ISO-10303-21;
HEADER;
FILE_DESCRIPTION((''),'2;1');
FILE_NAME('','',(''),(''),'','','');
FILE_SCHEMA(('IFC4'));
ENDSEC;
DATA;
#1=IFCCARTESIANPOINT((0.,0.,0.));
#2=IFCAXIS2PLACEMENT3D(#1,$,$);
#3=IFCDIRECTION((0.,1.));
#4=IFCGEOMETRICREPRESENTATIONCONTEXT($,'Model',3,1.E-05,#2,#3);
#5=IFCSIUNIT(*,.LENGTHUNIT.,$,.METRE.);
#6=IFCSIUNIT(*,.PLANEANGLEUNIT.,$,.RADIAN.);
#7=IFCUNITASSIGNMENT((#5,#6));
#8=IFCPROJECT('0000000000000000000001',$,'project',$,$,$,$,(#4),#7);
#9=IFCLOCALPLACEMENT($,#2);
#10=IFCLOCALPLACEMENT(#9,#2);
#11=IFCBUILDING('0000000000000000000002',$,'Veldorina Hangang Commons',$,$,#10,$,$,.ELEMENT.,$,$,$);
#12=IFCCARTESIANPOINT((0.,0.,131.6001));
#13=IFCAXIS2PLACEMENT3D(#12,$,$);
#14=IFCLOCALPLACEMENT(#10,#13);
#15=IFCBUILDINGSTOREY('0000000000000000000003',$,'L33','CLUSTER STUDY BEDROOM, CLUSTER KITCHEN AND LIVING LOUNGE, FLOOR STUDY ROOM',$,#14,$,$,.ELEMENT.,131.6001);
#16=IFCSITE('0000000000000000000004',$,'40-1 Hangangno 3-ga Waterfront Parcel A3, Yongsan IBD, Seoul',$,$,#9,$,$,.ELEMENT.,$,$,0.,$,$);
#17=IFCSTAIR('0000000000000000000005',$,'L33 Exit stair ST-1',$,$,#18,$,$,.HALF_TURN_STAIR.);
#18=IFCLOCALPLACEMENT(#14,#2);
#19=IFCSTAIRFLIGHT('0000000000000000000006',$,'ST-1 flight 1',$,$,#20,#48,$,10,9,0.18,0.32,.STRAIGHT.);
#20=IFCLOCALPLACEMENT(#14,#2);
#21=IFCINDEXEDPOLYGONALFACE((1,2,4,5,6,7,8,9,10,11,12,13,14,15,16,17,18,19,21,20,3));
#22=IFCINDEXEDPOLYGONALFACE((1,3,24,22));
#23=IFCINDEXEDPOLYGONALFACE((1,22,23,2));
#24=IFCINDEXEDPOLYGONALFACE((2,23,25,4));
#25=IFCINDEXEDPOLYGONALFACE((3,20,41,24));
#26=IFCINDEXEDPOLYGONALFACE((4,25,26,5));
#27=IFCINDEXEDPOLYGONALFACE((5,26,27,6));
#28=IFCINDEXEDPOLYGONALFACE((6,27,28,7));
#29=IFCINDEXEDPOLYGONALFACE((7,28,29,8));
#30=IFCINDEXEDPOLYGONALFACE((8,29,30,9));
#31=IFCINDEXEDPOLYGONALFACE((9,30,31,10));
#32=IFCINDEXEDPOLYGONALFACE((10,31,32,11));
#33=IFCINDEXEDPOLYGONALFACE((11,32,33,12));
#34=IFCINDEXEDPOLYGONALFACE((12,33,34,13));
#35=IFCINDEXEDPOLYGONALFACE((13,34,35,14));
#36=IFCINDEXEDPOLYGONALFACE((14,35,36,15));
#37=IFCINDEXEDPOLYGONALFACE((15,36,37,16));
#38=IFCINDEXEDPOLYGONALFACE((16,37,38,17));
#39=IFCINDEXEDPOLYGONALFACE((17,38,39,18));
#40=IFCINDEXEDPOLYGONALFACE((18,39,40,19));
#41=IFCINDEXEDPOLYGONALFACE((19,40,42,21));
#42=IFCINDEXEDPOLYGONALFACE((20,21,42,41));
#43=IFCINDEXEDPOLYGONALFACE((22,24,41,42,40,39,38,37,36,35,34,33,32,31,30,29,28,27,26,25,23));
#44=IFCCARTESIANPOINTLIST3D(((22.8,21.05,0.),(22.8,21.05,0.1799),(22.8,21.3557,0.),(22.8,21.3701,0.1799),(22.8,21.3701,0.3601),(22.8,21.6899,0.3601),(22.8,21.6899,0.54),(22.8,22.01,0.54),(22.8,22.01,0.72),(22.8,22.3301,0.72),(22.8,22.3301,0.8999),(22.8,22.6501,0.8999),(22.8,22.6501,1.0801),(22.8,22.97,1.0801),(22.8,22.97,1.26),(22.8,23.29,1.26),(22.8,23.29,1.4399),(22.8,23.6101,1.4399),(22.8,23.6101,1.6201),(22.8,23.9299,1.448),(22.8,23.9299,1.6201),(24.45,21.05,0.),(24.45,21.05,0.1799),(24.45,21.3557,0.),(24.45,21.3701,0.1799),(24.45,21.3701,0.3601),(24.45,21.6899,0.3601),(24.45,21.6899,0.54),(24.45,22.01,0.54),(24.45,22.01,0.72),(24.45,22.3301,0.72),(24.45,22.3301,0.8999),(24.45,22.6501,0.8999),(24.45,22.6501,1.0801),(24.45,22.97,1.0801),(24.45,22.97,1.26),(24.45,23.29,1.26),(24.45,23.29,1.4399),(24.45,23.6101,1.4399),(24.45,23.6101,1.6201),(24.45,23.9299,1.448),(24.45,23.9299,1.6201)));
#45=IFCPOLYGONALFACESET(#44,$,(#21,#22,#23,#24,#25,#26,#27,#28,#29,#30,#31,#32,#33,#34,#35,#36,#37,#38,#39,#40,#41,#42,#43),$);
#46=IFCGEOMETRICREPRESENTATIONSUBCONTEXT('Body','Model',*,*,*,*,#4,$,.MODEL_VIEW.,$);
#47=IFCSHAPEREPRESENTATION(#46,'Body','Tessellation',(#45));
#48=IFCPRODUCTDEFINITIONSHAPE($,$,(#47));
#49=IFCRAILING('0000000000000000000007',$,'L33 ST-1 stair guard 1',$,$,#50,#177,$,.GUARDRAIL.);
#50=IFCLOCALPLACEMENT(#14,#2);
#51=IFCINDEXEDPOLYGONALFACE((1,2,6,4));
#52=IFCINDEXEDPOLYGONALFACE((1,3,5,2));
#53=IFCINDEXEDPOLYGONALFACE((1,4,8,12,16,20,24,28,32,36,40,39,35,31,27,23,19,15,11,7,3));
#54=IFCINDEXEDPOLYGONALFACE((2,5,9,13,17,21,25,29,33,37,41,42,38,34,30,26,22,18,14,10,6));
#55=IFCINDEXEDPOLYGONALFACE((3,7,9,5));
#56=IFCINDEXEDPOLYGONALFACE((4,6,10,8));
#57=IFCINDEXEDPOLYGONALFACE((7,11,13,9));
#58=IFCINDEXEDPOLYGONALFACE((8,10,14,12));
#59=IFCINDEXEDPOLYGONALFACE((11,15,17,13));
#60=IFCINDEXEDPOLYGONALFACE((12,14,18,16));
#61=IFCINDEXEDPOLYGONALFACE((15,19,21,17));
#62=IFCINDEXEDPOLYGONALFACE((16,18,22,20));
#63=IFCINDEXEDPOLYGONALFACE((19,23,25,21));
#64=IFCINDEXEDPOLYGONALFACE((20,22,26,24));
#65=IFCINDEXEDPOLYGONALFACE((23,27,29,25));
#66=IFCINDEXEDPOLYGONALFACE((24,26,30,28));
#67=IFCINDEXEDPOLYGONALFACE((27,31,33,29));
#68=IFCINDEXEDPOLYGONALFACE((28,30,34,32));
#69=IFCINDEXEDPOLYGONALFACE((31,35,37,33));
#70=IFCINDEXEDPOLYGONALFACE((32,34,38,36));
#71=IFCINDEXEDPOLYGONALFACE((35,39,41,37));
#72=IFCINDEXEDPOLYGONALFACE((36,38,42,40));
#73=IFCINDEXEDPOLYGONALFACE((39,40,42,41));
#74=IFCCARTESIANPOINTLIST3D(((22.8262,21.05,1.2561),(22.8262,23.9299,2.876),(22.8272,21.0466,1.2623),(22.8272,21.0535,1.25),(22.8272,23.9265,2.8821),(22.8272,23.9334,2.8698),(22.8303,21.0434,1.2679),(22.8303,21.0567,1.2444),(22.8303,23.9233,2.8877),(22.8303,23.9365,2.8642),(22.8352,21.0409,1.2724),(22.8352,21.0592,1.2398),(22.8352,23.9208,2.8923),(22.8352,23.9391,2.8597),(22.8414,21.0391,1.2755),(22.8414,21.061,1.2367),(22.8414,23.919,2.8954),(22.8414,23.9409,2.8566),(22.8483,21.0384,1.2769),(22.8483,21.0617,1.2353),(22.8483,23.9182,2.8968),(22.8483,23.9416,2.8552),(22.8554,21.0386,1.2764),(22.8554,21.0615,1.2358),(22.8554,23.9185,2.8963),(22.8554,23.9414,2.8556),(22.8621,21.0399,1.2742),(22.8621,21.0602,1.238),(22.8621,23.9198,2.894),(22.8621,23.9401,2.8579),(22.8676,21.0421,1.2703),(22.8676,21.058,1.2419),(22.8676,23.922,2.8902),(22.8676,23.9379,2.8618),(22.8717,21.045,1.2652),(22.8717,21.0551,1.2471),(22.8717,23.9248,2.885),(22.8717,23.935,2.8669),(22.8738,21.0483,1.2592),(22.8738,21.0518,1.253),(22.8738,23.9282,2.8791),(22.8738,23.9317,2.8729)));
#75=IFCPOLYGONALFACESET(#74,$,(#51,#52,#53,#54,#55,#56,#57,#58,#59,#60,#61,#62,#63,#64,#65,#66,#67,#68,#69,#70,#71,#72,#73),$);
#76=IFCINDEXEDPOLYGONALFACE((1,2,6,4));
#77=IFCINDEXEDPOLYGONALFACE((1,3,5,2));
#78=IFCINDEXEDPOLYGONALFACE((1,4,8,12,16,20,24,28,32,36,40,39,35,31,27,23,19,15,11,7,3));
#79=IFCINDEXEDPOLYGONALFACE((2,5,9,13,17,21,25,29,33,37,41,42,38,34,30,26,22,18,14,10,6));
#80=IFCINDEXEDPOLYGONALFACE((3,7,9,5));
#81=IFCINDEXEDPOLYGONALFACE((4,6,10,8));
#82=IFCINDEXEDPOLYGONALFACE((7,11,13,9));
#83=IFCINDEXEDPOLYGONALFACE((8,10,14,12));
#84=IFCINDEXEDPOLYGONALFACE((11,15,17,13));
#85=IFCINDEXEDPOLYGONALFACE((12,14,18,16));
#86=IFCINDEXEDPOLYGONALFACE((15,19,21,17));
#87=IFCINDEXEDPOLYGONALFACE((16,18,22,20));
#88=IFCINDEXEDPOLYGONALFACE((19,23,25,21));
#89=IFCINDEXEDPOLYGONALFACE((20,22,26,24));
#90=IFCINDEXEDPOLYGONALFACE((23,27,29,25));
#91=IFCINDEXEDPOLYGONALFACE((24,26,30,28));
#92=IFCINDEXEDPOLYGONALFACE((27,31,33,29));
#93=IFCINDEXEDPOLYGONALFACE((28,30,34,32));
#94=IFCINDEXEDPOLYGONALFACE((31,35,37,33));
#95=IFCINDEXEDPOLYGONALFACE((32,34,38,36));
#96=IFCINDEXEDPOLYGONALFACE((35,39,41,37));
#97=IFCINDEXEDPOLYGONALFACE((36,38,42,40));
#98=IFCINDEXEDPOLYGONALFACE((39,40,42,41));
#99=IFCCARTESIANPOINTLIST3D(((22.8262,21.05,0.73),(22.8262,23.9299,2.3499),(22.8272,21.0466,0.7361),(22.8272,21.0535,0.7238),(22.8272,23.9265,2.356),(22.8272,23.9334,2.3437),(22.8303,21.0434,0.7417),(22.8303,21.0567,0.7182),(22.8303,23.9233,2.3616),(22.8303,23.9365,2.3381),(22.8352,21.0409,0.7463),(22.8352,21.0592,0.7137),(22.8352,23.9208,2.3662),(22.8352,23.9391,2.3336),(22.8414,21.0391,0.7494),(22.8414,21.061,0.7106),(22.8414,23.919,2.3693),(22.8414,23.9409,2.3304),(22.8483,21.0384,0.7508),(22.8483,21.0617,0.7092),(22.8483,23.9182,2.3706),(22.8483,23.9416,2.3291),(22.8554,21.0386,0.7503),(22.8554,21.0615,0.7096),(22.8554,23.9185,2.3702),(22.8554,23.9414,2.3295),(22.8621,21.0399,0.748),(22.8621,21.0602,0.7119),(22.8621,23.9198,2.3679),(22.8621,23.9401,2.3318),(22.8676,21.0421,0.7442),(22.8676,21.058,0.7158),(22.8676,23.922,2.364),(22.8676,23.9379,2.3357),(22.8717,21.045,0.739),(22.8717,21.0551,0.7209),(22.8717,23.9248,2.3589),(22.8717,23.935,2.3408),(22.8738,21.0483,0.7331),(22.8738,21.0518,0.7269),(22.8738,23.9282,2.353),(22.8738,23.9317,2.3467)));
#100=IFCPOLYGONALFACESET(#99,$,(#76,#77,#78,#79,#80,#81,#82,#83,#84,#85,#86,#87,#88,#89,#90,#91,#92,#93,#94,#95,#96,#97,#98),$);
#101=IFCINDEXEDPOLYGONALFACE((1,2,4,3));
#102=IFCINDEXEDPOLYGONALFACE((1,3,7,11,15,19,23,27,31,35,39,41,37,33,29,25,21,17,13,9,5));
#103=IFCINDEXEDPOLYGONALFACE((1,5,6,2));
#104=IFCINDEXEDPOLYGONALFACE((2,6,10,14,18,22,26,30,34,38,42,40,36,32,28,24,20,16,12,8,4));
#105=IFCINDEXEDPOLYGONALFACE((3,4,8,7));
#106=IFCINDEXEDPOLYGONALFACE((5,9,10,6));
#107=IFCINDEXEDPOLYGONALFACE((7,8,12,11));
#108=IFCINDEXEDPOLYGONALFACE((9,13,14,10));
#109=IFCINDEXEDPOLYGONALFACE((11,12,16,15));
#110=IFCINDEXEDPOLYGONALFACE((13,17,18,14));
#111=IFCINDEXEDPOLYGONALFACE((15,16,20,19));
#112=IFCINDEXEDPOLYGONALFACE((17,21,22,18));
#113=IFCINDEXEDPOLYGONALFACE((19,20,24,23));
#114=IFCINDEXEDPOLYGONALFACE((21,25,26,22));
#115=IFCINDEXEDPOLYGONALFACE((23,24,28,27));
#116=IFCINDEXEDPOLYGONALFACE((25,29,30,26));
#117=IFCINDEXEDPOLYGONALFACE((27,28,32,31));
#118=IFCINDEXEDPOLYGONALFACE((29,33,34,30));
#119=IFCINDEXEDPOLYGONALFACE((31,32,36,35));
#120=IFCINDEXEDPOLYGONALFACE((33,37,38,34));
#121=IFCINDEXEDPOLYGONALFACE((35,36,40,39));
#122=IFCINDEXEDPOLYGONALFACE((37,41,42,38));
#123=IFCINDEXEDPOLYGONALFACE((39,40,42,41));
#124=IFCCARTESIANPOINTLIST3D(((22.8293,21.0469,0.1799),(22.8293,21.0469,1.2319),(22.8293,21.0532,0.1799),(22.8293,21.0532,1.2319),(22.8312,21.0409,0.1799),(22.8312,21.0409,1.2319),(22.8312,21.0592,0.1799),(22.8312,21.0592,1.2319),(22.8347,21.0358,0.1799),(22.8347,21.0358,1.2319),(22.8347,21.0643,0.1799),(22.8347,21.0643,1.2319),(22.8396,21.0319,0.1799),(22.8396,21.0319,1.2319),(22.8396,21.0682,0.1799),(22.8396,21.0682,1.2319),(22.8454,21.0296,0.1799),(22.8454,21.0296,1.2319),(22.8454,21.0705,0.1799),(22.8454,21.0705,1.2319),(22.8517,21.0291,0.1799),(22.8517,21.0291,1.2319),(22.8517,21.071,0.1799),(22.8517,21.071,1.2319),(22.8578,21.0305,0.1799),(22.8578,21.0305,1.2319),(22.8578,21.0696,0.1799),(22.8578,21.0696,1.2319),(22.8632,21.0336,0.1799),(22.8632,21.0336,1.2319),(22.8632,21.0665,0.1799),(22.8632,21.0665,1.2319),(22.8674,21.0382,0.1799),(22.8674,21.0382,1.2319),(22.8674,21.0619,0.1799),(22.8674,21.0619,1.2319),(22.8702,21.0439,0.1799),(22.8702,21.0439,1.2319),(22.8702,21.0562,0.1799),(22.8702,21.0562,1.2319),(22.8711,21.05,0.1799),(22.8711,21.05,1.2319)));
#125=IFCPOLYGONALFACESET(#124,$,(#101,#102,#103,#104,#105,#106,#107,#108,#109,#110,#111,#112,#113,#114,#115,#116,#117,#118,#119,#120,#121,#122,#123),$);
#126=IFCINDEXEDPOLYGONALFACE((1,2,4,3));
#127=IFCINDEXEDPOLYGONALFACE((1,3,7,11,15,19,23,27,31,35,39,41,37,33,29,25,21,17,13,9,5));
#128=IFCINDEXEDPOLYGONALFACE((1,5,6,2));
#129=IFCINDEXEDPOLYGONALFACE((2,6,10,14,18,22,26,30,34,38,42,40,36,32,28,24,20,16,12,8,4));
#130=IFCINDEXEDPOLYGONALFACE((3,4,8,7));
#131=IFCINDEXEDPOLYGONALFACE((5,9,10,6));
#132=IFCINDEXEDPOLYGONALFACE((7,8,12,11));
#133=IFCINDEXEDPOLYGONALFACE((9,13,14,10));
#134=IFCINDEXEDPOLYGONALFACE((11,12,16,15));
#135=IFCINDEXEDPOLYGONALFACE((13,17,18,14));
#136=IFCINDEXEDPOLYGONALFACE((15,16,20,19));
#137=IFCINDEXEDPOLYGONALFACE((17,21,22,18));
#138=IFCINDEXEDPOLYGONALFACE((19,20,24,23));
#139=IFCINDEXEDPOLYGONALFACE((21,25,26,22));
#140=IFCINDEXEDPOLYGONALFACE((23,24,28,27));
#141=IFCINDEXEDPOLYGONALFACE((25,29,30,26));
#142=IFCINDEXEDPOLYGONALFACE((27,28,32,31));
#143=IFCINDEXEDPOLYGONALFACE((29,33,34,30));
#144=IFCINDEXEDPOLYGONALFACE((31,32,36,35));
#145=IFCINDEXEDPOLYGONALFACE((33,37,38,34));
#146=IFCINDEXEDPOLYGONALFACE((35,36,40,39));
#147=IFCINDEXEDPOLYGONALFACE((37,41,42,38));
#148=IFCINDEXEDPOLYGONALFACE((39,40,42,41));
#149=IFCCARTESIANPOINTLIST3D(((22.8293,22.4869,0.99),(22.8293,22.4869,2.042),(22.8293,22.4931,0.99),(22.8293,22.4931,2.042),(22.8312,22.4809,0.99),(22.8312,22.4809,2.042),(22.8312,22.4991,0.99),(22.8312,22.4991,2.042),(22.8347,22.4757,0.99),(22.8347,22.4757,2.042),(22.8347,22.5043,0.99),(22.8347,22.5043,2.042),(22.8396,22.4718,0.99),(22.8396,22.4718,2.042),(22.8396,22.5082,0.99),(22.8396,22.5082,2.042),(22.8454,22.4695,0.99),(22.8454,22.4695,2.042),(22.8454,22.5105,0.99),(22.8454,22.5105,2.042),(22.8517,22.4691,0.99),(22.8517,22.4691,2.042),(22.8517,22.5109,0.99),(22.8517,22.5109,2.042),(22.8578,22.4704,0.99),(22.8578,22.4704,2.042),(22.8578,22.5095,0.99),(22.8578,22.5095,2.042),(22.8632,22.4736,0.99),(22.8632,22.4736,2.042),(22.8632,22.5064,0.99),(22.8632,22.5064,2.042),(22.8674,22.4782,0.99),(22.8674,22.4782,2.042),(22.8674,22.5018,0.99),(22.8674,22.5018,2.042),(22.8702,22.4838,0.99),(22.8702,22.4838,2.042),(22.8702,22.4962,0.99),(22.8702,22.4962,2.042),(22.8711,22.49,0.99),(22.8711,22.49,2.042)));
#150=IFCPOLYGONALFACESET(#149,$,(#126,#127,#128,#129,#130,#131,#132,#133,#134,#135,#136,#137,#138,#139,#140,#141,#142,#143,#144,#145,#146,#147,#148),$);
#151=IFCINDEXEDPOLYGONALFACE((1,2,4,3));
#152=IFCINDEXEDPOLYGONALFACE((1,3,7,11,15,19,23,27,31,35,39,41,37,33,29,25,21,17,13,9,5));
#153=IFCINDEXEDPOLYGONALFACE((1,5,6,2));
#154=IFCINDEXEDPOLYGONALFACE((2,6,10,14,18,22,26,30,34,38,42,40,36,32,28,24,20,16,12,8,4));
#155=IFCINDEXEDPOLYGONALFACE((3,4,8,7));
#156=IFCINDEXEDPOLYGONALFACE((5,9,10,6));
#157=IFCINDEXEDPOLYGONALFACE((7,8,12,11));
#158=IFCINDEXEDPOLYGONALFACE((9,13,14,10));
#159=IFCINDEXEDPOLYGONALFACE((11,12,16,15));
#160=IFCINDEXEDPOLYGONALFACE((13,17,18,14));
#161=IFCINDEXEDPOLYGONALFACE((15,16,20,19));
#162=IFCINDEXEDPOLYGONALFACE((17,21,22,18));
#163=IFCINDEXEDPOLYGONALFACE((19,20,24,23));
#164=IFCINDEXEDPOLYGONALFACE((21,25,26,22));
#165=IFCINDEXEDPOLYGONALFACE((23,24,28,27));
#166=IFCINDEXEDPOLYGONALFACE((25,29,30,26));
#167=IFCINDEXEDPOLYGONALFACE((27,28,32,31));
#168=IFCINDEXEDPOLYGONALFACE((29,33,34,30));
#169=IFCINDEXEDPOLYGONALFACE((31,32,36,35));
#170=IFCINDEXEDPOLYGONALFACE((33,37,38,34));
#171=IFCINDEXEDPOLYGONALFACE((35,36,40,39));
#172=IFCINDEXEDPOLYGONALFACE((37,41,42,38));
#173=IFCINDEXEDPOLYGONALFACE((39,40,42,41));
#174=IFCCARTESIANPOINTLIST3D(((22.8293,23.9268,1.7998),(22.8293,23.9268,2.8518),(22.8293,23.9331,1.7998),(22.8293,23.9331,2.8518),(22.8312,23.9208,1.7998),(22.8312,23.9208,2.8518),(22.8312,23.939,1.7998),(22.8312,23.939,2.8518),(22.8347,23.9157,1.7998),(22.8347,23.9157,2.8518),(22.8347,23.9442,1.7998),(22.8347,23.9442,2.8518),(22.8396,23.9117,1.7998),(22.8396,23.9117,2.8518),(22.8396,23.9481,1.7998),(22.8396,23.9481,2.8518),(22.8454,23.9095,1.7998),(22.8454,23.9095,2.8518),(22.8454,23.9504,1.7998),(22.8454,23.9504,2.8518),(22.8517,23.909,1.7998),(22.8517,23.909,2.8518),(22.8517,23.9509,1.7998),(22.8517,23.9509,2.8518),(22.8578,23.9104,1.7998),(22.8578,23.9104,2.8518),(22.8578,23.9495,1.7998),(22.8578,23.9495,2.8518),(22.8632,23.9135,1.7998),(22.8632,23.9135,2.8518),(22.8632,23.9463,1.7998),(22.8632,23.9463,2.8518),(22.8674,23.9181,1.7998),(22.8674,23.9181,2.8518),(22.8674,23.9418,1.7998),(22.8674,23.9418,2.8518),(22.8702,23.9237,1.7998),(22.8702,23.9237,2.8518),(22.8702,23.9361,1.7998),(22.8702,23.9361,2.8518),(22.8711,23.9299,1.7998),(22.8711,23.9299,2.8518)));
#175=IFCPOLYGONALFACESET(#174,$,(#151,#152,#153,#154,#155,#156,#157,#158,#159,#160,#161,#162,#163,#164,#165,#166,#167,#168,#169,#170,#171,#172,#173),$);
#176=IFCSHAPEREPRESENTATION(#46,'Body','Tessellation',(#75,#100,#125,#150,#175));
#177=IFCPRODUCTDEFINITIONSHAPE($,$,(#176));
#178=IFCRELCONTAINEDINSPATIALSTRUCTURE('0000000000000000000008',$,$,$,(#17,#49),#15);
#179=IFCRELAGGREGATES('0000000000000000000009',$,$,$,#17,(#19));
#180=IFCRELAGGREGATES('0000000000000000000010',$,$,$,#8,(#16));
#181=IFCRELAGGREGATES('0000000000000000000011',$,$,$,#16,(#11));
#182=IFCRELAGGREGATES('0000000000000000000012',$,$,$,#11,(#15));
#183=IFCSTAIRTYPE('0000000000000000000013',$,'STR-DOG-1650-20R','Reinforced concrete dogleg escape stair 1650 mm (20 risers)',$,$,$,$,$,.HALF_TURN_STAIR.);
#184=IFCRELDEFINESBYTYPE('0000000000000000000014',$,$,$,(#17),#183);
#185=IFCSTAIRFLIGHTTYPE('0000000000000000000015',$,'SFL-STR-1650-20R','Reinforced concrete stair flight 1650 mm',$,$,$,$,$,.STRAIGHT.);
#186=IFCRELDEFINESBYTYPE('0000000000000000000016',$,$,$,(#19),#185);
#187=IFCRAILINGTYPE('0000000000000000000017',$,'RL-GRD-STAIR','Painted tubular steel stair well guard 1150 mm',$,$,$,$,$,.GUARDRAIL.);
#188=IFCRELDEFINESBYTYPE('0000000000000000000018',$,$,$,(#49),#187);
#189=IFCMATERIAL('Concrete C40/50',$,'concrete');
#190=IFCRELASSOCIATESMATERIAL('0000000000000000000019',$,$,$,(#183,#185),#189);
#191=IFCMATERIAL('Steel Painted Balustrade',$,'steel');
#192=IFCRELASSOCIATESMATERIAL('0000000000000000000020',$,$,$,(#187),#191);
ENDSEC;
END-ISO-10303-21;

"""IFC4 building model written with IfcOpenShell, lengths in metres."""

from ifc_helpers import new_model, si_unit, direction, frame, origin, origin_2d, place, context, subcontext, project, spatial, polyline, circle, outline, extrude, material, type_object, element, aggregate, save


model = new_model("IFC4")

# Units and contexts
model_context = context("Model", 3, precision=1e-05, world=origin(), true_north=direction((0.0, 1.0)))
body_context = subcontext(model_context, "Body", "Model", "MODEL_VIEW")
ifc_project = project(units=[si_unit("LENGTHUNIT", "METRE"), si_unit("PLANEANGLEUNIT", "RADIAN")], contexts=[model_context])

# Site, building, storey
site_placement = place(None, origin())
site = spatial("IfcSite", under=ifc_project, at=site_placement, Name="40-1 Hangangno 3-ga Waterfront Parcel A3, Yongsan IBD, Seoul", CompositionType="ELEMENT", RefElevation=0.0)
building_placement = place(site_placement, origin())
building = spatial("IfcBuilding", under=site, at=building_placement, Name="Veldorina Hangang Commons", CompositionType="ELEMENT")
storey_placement = place(building_placement, frame((0.0, 0.0, 131.6001)))
storey = spatial("IfcBuildingStorey", under=building, at=storey_placement, Name="L33", Description="CLUSTER STUDY BEDROOM, CLUSTER KITCHEN AND LIVING LOUNGE, FLOOR STUDY ROOM", CompositionType="ELEMENT", Elevation=131.6001)

# Stair, stair flight
ifc_material_1 = material(Name="Concrete C40/50", Category="concrete")
stair_type = type_object("IfcStairType", Name="STR-DOG-1650-20R", Description="Reinforced concrete dogleg escape stair 1650 mm (20 risers)", PredefinedType="HALF_TURN_STAIR", material=ifc_material_1)
stair_placement = place(storey_placement, origin())
stair = element("IfcStair", 1, at=stair_placement, inside=storey, type_object=stair_type, Name="L33 Exit stair ST-1", PredefinedType="HALF_TURN_STAIR")
stair_flight_type = type_object("IfcStairFlightType", Name="SFL-STR-1650-20R", Description="Reinforced concrete stair flight 1650 mm", PredefinedType="STRAIGHT", material=ifc_material_1)
stair_flight_placement = place(storey_placement, frame((23.625, 21.05, 0.0), z_axis=(0.0, 0.0, 1.0), x_axis=(0.0, 1.0, 0.0)))
stair_flight = element("IfcStairFlight", 2, at=stair_flight_placement, type_object=stair_flight_type, Name="ST-1 flight 1", NumberOfRisers=10, NumberOfTreads=9, PredefinedType="STRAIGHT", RiserHeight=0.18, TreadLength=0.32, context=body_context, shape_type="SweptSolid", body=[
    extrude(outline(polyline([(0.0, 0.0), (0.0, 0.1799), (0.3201, 0.1799), (0.3201, 0.3601), (0.6399, 0.3601), (0.6399, 0.54), (0.96, 0.54), (0.96, 0.72), (1.28, 0.72), (1.28, 0.8999), (1.6001, 0.8999), (1.6001, 1.0801), (1.9199, 1.0801), (1.9199, 1.26), (2.24, 1.26), (2.24, 1.4399), (2.5601, 1.4399), (2.5601, 1.6201), (2.8799, 1.6201), (2.8799, 1.8), (2.8799, 1.448), (0.3057, 0.0), (0.0, 0.0)])), frame((0.0, 0.825, 0.0), z_axis=(0.0, -1.0, 0.0), x_axis=(1.0, 0.0, 0.0)), (0.0, 0.0, 1.0), 1.6499),
])
aggregate(stair, [stair_flight])

# Railing
ifc_material_2 = material(Name="Steel Painted Balustrade", Category="steel")
railing_type_1 = type_object("IfcRailingType", Name="RL-GRD-STAIR", Description="Painted tubular steel stair well guard 1150 mm", PredefinedType="GUARDRAIL", material=ifc_material_2)
railing_1_placement = place(storey_placement, frame((22.8501, 21.05, 0.1799)))
element("IfcRailing", 3, at=railing_1_placement, inside=storey, type_object=railing_type_1, Name="L33 ST-1 stair guard 1", PredefinedType="GUARDRAIL", context=body_context, shape_type="SweptSolid", body=[
    extrude(circle(Radius=0.0239, at=origin_2d()), frame((0.0, 0.0, 1.0762), z_axis=(0.0, 0.871583, 0.490247), x_axis=(-1.0, 0.0, 0.0)), (0.0, 0.0, 1.0), 3.3042),
    extrude(circle(Radius=0.0239, at=origin_2d()), frame((0.0, 0.0, 0.55), z_axis=(0.0, 0.871583, 0.490247), x_axis=(-1.0, 0.0, 0.0)), (0.0, 0.0, 1.0), 3.3042),
    extrude(circle(Radius=0.021, at=origin_2d()), origin(), (0.0, 0.0, 1.0), 1.052),
    extrude(circle(Radius=0.021, at=origin_2d()), frame((0.0, 1.4399, 0.8101)), (0.0, 0.0, 1.0), 1.052),
    extrude(circle(Radius=0.021, at=origin_2d()), frame((0.0, 2.8799, 1.6199)), (0.0, 0.0, 1.0), 1.052),
])

save(model, "model.ifc")
